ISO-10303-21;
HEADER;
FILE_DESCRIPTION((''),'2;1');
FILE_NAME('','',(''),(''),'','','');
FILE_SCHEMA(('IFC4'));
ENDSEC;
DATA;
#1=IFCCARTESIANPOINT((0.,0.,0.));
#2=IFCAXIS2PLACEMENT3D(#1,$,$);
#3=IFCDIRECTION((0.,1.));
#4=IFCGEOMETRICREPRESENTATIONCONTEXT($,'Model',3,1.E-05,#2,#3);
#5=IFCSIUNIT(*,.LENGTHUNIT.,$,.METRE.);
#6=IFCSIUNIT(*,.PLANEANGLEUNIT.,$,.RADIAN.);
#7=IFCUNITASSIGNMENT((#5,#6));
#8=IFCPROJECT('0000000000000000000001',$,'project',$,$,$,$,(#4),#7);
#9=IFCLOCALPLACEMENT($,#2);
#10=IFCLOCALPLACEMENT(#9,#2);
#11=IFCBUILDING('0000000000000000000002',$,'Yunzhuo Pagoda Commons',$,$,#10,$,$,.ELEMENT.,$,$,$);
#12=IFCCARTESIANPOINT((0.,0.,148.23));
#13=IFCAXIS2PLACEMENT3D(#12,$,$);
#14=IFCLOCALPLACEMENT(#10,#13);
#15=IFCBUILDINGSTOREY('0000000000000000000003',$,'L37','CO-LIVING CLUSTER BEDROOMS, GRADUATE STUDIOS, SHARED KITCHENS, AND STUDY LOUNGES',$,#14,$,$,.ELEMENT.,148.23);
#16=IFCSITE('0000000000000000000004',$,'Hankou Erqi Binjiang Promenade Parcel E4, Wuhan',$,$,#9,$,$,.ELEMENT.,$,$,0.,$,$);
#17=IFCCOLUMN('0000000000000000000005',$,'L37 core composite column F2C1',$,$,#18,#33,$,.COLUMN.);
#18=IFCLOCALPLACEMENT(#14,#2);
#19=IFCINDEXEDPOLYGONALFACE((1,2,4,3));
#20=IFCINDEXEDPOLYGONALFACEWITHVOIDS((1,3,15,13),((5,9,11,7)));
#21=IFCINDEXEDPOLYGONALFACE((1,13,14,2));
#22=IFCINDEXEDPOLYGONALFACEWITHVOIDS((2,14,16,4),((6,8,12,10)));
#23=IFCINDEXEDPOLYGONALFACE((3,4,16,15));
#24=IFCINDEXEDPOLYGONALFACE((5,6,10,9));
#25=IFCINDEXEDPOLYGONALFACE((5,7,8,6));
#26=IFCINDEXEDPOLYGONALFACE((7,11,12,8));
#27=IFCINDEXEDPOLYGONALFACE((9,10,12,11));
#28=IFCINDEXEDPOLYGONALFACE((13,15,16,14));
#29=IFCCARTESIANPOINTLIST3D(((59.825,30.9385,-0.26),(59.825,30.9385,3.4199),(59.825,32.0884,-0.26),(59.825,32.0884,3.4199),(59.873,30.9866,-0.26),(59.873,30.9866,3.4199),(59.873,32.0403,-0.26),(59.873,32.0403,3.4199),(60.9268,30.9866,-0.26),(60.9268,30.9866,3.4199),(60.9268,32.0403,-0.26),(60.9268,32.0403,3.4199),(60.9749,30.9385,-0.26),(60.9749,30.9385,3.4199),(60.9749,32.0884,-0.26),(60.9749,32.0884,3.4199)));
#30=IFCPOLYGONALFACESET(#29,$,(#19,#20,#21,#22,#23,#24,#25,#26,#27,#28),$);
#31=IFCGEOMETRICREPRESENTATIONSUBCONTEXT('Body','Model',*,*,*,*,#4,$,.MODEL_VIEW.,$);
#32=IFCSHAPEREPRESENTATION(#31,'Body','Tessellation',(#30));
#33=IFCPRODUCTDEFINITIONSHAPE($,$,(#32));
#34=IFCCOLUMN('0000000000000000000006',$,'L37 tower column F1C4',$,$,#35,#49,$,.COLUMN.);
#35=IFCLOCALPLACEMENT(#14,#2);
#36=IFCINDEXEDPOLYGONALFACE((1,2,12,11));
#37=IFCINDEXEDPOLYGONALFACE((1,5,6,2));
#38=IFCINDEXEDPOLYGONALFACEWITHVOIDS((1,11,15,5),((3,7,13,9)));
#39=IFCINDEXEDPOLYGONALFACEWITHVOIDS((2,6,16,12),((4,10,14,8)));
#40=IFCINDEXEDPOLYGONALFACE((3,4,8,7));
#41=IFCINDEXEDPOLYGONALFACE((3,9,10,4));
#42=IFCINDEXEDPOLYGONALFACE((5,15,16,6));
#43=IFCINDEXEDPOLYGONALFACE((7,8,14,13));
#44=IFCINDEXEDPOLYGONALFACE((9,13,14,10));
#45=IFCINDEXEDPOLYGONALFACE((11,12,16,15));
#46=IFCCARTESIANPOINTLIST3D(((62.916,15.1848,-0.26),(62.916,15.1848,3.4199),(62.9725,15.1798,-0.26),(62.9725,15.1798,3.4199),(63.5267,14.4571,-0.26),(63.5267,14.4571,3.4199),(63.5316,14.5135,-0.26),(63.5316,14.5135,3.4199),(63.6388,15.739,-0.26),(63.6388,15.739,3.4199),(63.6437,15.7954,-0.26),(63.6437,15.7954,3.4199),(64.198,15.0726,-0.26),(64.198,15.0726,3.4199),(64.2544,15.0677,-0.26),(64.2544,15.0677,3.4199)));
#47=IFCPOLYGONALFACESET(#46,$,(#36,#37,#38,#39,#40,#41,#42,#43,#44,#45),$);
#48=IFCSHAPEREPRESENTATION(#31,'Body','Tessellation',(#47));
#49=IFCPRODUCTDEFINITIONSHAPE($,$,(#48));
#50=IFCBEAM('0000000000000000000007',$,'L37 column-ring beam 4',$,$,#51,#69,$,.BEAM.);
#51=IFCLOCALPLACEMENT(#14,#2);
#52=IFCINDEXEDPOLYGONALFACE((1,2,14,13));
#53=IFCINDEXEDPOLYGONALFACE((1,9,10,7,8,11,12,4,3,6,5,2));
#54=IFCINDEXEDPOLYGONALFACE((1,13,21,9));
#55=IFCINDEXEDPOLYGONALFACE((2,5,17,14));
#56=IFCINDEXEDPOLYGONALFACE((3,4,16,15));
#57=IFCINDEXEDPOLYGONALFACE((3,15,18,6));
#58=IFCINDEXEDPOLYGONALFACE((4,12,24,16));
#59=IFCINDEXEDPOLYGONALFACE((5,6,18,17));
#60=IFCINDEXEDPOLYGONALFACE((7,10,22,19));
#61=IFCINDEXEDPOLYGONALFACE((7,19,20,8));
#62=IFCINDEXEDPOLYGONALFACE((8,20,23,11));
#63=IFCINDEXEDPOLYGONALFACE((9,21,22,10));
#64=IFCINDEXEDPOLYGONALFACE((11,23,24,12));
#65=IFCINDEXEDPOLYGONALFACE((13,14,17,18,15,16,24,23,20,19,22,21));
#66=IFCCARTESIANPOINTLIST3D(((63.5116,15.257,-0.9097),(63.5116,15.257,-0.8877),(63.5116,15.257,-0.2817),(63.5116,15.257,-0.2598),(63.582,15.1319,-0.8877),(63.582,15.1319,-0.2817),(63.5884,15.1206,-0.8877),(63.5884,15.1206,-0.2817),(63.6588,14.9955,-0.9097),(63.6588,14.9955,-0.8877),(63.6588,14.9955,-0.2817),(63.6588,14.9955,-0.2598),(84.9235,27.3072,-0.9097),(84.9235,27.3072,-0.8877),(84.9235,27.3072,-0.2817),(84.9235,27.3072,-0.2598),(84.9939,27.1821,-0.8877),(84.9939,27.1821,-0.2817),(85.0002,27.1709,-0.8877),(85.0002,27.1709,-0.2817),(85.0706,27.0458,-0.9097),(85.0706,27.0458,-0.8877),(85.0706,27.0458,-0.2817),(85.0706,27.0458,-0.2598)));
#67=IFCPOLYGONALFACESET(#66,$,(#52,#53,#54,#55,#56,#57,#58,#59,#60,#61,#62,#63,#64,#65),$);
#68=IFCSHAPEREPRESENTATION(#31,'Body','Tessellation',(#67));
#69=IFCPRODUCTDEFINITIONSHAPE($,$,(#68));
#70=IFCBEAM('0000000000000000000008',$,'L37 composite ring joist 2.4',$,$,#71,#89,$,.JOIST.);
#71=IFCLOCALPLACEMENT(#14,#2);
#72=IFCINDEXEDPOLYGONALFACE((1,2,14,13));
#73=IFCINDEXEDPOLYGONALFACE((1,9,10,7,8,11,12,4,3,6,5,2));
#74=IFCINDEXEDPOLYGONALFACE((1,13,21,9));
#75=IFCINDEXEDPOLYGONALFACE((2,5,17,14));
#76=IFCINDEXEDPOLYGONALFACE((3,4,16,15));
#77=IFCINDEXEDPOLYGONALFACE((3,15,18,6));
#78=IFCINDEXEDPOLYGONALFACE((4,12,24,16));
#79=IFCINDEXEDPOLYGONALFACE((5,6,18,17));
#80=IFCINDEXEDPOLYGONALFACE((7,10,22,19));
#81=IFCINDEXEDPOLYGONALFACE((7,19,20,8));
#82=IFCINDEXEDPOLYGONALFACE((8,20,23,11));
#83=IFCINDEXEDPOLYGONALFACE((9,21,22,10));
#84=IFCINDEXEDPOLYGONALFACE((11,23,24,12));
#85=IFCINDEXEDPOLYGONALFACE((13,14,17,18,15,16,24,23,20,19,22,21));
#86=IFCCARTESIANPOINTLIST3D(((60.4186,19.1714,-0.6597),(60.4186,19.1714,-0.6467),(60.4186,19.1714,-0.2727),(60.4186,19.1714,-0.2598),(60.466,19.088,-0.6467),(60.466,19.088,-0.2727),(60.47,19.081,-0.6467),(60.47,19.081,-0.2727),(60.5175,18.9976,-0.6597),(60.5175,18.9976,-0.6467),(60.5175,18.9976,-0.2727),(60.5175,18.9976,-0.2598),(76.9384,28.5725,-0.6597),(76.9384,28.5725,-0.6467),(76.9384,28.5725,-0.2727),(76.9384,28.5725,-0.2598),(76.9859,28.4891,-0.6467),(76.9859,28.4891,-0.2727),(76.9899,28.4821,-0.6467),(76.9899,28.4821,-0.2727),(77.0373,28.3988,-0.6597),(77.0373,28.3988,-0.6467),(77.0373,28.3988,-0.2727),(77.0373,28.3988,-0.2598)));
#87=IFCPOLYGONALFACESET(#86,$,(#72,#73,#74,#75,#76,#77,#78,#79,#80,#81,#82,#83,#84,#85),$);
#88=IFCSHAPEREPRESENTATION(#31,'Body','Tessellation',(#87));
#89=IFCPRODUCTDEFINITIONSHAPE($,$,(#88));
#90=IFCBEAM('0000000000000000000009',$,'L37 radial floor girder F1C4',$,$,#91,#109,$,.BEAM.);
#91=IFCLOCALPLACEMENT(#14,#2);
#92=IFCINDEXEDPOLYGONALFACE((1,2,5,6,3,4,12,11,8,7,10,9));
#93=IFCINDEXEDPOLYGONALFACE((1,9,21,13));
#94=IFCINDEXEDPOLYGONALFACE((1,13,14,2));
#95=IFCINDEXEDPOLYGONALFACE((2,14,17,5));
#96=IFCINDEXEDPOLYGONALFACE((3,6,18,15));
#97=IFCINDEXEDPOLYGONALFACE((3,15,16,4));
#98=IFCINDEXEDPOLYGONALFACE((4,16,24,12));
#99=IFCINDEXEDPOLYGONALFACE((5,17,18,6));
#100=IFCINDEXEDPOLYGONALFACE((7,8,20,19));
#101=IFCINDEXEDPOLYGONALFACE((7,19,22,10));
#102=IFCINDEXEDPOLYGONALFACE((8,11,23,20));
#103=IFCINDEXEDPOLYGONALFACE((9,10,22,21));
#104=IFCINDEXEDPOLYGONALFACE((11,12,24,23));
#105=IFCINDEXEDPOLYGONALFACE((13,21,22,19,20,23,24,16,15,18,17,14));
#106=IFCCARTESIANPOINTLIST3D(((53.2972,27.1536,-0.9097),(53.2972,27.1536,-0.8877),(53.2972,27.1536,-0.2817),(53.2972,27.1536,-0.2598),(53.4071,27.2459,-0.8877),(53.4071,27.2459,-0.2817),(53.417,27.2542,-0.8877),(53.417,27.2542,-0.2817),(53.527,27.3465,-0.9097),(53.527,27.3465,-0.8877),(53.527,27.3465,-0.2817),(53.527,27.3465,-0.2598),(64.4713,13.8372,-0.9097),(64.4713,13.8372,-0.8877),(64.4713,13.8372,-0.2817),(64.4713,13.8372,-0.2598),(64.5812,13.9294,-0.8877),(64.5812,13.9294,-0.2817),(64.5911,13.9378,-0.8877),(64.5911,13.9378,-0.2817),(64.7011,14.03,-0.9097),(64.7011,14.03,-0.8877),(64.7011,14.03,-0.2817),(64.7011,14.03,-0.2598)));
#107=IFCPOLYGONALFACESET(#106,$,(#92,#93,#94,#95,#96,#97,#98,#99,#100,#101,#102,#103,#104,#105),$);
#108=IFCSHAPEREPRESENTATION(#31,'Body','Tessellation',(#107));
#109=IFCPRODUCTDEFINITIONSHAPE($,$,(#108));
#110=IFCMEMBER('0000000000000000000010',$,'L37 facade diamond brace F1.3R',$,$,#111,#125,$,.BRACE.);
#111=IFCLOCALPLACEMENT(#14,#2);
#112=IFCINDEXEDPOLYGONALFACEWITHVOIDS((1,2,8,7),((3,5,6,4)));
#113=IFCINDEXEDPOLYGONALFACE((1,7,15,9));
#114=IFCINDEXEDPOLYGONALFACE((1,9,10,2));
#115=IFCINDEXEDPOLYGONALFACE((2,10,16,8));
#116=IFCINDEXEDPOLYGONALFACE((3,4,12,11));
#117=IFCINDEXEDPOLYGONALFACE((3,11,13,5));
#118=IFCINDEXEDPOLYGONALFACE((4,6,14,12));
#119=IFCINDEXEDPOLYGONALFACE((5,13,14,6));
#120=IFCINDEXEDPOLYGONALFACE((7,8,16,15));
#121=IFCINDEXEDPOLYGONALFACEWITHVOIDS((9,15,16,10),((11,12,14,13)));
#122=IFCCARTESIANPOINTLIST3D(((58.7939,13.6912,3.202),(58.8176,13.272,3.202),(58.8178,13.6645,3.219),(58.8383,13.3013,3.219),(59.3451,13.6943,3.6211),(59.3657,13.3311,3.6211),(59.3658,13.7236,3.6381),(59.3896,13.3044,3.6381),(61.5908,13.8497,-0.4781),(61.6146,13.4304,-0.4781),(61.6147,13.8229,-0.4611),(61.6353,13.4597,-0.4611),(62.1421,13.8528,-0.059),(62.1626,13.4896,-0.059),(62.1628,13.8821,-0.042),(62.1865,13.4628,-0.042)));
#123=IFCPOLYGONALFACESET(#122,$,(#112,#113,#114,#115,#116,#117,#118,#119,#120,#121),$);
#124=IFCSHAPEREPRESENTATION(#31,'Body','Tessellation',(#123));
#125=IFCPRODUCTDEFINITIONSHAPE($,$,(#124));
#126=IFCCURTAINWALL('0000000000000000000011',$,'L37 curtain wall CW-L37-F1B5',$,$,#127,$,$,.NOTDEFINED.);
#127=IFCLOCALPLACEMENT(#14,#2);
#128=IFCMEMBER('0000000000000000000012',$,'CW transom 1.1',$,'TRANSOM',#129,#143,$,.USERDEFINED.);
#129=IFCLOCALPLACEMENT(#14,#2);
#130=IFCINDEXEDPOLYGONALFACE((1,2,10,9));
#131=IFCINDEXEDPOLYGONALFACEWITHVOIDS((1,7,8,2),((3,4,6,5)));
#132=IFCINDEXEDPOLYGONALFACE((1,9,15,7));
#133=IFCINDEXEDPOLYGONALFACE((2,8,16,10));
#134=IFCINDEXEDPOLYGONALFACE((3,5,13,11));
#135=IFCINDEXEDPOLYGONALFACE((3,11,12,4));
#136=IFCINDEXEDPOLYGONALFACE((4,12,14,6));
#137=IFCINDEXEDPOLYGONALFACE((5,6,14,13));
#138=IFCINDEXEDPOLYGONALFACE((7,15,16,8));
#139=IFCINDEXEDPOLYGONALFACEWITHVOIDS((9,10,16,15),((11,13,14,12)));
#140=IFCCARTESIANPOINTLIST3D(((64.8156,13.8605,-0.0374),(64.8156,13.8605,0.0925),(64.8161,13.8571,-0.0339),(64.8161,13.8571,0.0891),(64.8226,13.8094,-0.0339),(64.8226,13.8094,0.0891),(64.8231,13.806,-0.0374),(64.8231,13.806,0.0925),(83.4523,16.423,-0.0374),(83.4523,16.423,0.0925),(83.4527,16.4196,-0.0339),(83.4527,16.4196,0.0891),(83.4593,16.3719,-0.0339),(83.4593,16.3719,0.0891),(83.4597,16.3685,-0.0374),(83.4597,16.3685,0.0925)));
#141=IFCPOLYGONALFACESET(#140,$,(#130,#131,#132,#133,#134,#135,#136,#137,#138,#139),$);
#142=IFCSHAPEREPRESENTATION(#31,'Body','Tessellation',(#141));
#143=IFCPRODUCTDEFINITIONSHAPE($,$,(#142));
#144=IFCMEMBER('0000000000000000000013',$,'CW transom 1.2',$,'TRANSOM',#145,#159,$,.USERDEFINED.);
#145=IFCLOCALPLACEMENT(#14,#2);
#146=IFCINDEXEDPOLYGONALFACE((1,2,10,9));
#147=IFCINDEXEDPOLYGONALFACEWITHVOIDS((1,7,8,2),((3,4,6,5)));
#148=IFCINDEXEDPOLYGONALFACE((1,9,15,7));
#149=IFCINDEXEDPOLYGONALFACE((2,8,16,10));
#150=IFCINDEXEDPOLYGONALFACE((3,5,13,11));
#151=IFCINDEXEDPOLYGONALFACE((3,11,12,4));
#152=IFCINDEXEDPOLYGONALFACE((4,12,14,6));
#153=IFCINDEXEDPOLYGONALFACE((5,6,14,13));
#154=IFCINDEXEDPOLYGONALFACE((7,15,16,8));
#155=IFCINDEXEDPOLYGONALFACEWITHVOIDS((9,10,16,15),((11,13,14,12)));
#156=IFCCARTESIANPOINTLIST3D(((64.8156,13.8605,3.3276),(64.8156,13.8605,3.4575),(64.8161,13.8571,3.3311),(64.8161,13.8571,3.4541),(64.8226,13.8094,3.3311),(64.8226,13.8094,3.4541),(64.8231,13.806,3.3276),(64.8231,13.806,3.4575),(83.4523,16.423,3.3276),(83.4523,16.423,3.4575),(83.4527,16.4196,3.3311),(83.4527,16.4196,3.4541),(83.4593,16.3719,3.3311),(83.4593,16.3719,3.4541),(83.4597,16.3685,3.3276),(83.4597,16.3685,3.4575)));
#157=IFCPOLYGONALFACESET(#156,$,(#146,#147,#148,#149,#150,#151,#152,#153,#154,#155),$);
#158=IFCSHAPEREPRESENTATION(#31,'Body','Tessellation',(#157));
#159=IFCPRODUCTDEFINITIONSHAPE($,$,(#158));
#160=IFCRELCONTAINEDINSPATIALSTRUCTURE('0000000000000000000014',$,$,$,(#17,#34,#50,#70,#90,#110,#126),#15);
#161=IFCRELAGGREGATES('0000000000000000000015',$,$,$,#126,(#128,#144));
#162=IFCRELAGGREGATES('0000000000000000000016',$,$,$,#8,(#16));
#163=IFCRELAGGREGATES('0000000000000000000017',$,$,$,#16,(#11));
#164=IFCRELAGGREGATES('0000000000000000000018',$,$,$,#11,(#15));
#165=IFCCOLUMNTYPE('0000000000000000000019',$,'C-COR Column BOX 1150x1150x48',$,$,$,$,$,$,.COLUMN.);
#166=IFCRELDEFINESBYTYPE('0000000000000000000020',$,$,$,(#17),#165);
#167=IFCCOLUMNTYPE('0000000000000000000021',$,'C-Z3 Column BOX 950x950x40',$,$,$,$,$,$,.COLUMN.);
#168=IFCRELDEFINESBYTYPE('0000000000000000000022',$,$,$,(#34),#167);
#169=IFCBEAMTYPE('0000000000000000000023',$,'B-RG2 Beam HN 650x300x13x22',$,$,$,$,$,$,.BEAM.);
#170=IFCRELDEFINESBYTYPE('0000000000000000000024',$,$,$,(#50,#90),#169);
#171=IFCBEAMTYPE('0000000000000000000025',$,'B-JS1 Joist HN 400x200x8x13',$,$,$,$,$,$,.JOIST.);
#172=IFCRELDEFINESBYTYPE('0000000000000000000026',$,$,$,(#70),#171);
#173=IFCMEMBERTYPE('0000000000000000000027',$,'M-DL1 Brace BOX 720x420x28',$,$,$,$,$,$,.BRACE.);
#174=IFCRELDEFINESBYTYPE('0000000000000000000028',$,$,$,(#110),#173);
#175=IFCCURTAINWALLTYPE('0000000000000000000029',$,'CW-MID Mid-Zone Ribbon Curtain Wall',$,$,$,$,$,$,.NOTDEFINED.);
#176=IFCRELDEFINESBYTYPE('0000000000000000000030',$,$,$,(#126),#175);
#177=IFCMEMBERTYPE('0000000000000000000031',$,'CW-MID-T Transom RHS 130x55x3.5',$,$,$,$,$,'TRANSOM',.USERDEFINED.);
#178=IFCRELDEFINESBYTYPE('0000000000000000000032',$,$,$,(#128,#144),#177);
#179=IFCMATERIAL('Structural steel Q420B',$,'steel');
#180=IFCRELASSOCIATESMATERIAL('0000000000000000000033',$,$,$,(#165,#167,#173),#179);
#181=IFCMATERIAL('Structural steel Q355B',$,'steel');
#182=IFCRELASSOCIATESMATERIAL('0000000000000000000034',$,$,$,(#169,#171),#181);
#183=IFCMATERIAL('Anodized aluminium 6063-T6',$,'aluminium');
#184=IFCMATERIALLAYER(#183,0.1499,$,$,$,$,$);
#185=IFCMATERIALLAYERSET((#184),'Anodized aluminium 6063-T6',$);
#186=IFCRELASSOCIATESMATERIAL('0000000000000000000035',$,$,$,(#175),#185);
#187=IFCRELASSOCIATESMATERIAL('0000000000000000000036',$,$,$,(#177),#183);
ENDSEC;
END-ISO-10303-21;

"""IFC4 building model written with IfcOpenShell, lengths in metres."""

from ifc_helpers import new_model, si_unit, direction, frame, origin, origin_2d, place, context, subcontext, project, spatial, hollow_rectangle, i_section, extrude, source, transform, mapped, material, layer, layer_set, material_profile, profile_set, type_object, element, aggregate, save


model = new_model("IFC4")

# Units and contexts
model_context = context("Model", 3, precision=1e-05, world=origin(), true_north=direction((0.0, 1.0)))
body_context = subcontext(model_context, "Body", "Model", "MODEL_VIEW")
ifc_project = project(units=[si_unit("LENGTHUNIT", "METRE"), si_unit("PLANEANGLEUNIT", "RADIAN")], contexts=[model_context])

# Site, building, storey
site_placement = place(None, origin())
site = spatial("IfcSite", under=ifc_project, at=site_placement, Name="Hankou Erqi Binjiang Promenade Parcel E4, Wuhan", CompositionType="ELEMENT", RefElevation=0.0)
building_placement = place(site_placement, origin())
building = spatial("IfcBuilding", under=site, at=building_placement, Name="Yunzhuo Pagoda Commons", CompositionType="ELEMENT")
storey_placement = place(building_placement, frame((0.0, 0.0, 148.23)))
storey = spatial("IfcBuildingStorey", under=building, at=storey_placement, Name="L37", Description="CO-LIVING CLUSTER BEDROOMS, GRADUATE STUDIOS, SHARED KITCHENS, AND STUDY LOUNGES", CompositionType="ELEMENT", Elevation=148.23)

# Columns
ifc_material_1 = material(Name="Structural steel Q420B", Category="steel")
ifc_material_profile_1 = material_profile(ifc_material_1, hollow_rectangle(XDim=1.1499, YDim=1.1499, WallThickness=0.0481, at=origin_2d()), Name="Structural steel Q420B")
ifc_profile_set_1 = profile_set([ifc_material_profile_1], Name="Structural steel Q420B")
column_type_1 = type_object("IfcColumnType", Name="C-COR Column BOX 1150x1150x48", PredefinedType="COLUMN", material=ifc_profile_set_1)
shared_shape_1 = source(origin(), body_context, "Body", "SweptSolid", [
    extrude(hollow_rectangle(XDim=1.1499, YDim=1.1499, WallThickness=0.0481, at=origin_2d()), origin(), (0.0, 0.0, 1.0), 3.6799),
])
column_1_placement = place(storey_placement, frame((60.3999, 31.5134, -0.26), z_axis=(0.0, 0.0, 1.0), x_axis=(1.0, 0.0, 0.0)))
element("IfcColumn", 1, at=column_1_placement, inside=storey, type_object=column_type_1, Name="L37 core composite column F2C1", PredefinedType="COLUMN", context=body_context, shape_type="MappedRepresentation", body=[
    mapped(shared_shape_1, transform((0.0, 0.0, 0.0), scale=1.0)),
])
ifc_material_profile_2 = material_profile(ifc_material_1, hollow_rectangle(XDim=0.95, YDim=0.95, WallThickness=0.04, at=origin_2d()), Name="Structural steel Q420B")
ifc_profile_set_2 = profile_set([ifc_material_profile_2], Name="Structural steel Q420B")
column_type_2 = type_object("IfcColumnType", Name="C-Z3 Column BOX 950x950x40", PredefinedType="COLUMN", material=ifc_profile_set_2)
shared_shape_2 = source(origin(), body_context, "Body", "SweptSolid", [
    extrude(hollow_rectangle(XDim=0.95, YDim=0.95, WallThickness=0.04, at=origin_2d()), origin(), (0.0, 0.0, 1.0), 3.6799),
])
column_2_placement = place(storey_placement, frame((63.5852, 15.1262, -0.26), z_axis=(0.0, 0.0, 1.0), x_axis=(0.766044, 0.642788, 0.0)))
element("IfcColumn", 2, at=column_2_placement, inside=storey, type_object=column_type_2, Name="L37 tower column F1C4", PredefinedType="COLUMN", context=body_context, shape_type="MappedRepresentation", body=[
    mapped(shared_shape_2, transform((0.0, 0.0, 0.0), scale=1.0)),
])

# Beams
ifc_material_2 = material(Name="Structural steel Q355B", Category="steel")
ifc_material_profile_3 = material_profile(ifc_material_2, i_section(OverallWidth=0.3, OverallDepth=0.6499, WebThickness=0.0129, FlangeThickness=0.022, at=origin_2d()), Name="Structural steel Q355B")
ifc_profile_set_3 = profile_set([ifc_material_profile_3], Name="Structural steel Q355B")
beam_type_1 = type_object("IfcBeamType", Name="B-RG2 Beam HN 650x300x13x22", PredefinedType="BEAM", material=ifc_profile_set_3)
shared_shape_3 = source(origin(), body_context, "Body", "SweptSolid", [
    extrude(i_section(OverallWidth=0.3, OverallDepth=0.6499, WebThickness=0.0129, FlangeThickness=0.022, at=origin_2d()), origin(), (0.0, 0.0, 1.0), 24.5698),
])
beam_1_placement = place(storey_placement, frame((63.5852, 15.1262, -0.5847), z_axis=(0.871469, 0.49045, 0.0), x_axis=(-0.49045, 0.871469, 0.0)))
element("IfcBeam", 3, at=beam_1_placement, inside=storey, type_object=beam_type_1, Name="L37 column-ring beam 4", PredefinedType="BEAM", context=body_context, shape_type="MappedRepresentation", body=[
    mapped(shared_shape_3, transform((0.0, 0.0, 0.0), scale=1.0)),
])
ifc_material_profile_4 = material_profile(ifc_material_2, i_section(OverallWidth=0.2, OverallDepth=0.3999, WebThickness=0.0081, FlangeThickness=0.0129, at=origin_2d()), Name="Structural steel Q355B")
ifc_profile_set_4 = profile_set([ifc_material_profile_4], Name="Structural steel Q355B")
beam_type_2 = type_object("IfcBeamType", Name="B-JS1 Joist HN 400x200x8x13", PredefinedType="JOIST", material=ifc_profile_set_4)
shared_shape_4 = source(origin(), body_context, "Body", "SweptSolid", [
    extrude(i_section(OverallWidth=0.2, OverallDepth=0.3999, WebThickness=0.0081, FlangeThickness=0.0129, at=origin_2d()), origin(), (0.0, 0.0, 1.0), 19.0076),
])
beam_2_placement = place(storey_placement, frame((60.468, 19.0845, -0.4597), z_axis=(0.86912, 0.494601, 0.0), x_axis=(-0.494601, 0.86912, 0.0)))
element("IfcBeam", 4, at=beam_2_placement, inside=storey, type_object=beam_type_2, Name="L37 composite ring joist 2.4", PredefinedType="JOIST", context=body_context, shape_type="MappedRepresentation", body=[
    mapped(shared_shape_4, transform((0.0, 0.0, 0.0), scale=1.0)),
])
shared_shape_5 = source(origin(), body_context, "Body", "SweptSolid", [
    extrude(i_section(OverallWidth=0.3, OverallDepth=0.6499, WebThickness=0.0129, FlangeThickness=0.022, at=origin_2d()), origin(), (0.0, 0.0, 1.0), 17.3835),
])
beam_3_placement = place(storey_placement, frame((64.5862, 13.9336, -0.5847), z_axis=(-0.642797, 0.766036, 0.0), x_axis=(-0.766036, -0.642797, 0.0)))
element("IfcBeam", 5, at=beam_3_placement, inside=storey, type_object=beam_type_1, Name="L37 radial floor girder F1C4", PredefinedType="BEAM", context=body_context, shape_type="MappedRepresentation", body=[
    mapped(shared_shape_5, transform((0.0, 0.0, 0.0), scale=1.0)),
])

# Member
ifc_material_profile_5 = material_profile(ifc_material_1, hollow_rectangle(XDim=0.4199, YDim=0.72, WallThickness=0.0281, at=origin_2d()), Name="Structural steel Q420B")
ifc_profile_set_5 = profile_set([ifc_material_profile_5], Name="Structural steel Q420B")
member_type_1 = type_object("IfcMemberType", Name="M-DL1 Brace BOX 720x420x28", PredefinedType="BRACE", material=ifc_profile_set_5)
shared_shape_6 = source(origin(), body_context, "Body", "SweptSolid", [
    extrude(hollow_rectangle(XDim=0.4199, YDim=0.72, WallThickness=0.0281, at=origin_2d()), origin(), (0.0, 0.0, 1.0), 4.625),
])
member_1_placement = place(storey_placement, frame((61.8887, 13.6562, -0.26), z_axis=(-0.604745, -0.03426, 0.795682), x_axis=(0.056561, -0.998399, 0.0)))
element("IfcMember", 6, at=member_1_placement, inside=storey, type_object=member_type_1, Name="L37 facade diamond brace F1.3R", PredefinedType="BRACE", context=body_context, shape_type="MappedRepresentation", body=[
    mapped(shared_shape_6, transform((0.0, 0.0, 0.0), scale=1.0)),
])

# Curtain wall, members
ifc_material_3 = material(Name="Anodized aluminium 6063-T6", Category="aluminium")
ifc_layer_1 = layer(ifc_material_3, 0.1499)
ifc_layer_set_1 = layer_set([ifc_layer_1], Name="Anodized aluminium 6063-T6")
curtain_wall_type = type_object("IfcCurtainWallType", Name="CW-MID Mid-Zone Ribbon Curtain Wall", PredefinedType="NOTDEFINED", material=ifc_layer_set_1)
curtain_wall_1_placement = place(storey_placement, origin())
curtain_wall_1 = element("IfcCurtainWall", 7, at=curtain_wall_1_placement, inside=storey, type_object=curtain_wall_type, Name="L37 curtain wall CW-L37-F1B5", PredefinedType="NOTDEFINED")
ifc_material_profile_6 = material_profile(ifc_material_3, hollow_rectangle(XDim=0.0549, YDim=0.1299, WallThickness=0.0034, at=origin_2d()), Name="Anodized aluminium 6063-T6")
ifc_profile_set_6 = profile_set([ifc_material_profile_6], Name="Anodized aluminium 6063-T6")
member_type_2 = type_object("IfcMemberType", Name="CW-MID-T Transom RHS 130x55x3.5", ElementType="TRANSOM", PredefinedType="USERDEFINED", material=ifc_profile_set_6)
shared_shape_7 = source(origin(), body_context, "Body", "SweptSolid", [
    extrude(hollow_rectangle(XDim=0.0549, YDim=0.1299, WallThickness=0.0034, at=origin_2d()), origin(), (0.0, 0.0, 1.0), 18.812),
])
member_2_placement = place(storey_placement, frame((64.8193, 13.8333, 0.0276), z_axis=(0.990679, 0.136216, 0.0), x_axis=(-0.136216, 0.990679, 0.0)))
member_2 = element("IfcMember", 8, at=member_2_placement, type_object=member_type_2, Name="CW transom 1.1", ObjectType="TRANSOM", PredefinedType="USERDEFINED", context=body_context, shape_type="MappedRepresentation", body=[
    mapped(shared_shape_7, transform((0.0, 0.0, 0.0), scale=1.0)),
])
member_3_placement = place(storey_placement, frame((64.8193, 13.8333, 3.3926), z_axis=(0.990679, 0.136216, 0.0), x_axis=(-0.136216, 0.990679, 0.0)))
member_3 = element("IfcMember", 9, at=member_3_placement, type_object=member_type_2, Name="CW transom 1.2", ObjectType="TRANSOM", PredefinedType="USERDEFINED", context=body_context, shape_type="MappedRepresentation", body=[
    mapped(shared_shape_7, transform((0.0, 0.0, 0.0), scale=1.0)),
])

aggregate(curtain_wall_1, [member_2, member_3])

save(model, "model.ifc")
